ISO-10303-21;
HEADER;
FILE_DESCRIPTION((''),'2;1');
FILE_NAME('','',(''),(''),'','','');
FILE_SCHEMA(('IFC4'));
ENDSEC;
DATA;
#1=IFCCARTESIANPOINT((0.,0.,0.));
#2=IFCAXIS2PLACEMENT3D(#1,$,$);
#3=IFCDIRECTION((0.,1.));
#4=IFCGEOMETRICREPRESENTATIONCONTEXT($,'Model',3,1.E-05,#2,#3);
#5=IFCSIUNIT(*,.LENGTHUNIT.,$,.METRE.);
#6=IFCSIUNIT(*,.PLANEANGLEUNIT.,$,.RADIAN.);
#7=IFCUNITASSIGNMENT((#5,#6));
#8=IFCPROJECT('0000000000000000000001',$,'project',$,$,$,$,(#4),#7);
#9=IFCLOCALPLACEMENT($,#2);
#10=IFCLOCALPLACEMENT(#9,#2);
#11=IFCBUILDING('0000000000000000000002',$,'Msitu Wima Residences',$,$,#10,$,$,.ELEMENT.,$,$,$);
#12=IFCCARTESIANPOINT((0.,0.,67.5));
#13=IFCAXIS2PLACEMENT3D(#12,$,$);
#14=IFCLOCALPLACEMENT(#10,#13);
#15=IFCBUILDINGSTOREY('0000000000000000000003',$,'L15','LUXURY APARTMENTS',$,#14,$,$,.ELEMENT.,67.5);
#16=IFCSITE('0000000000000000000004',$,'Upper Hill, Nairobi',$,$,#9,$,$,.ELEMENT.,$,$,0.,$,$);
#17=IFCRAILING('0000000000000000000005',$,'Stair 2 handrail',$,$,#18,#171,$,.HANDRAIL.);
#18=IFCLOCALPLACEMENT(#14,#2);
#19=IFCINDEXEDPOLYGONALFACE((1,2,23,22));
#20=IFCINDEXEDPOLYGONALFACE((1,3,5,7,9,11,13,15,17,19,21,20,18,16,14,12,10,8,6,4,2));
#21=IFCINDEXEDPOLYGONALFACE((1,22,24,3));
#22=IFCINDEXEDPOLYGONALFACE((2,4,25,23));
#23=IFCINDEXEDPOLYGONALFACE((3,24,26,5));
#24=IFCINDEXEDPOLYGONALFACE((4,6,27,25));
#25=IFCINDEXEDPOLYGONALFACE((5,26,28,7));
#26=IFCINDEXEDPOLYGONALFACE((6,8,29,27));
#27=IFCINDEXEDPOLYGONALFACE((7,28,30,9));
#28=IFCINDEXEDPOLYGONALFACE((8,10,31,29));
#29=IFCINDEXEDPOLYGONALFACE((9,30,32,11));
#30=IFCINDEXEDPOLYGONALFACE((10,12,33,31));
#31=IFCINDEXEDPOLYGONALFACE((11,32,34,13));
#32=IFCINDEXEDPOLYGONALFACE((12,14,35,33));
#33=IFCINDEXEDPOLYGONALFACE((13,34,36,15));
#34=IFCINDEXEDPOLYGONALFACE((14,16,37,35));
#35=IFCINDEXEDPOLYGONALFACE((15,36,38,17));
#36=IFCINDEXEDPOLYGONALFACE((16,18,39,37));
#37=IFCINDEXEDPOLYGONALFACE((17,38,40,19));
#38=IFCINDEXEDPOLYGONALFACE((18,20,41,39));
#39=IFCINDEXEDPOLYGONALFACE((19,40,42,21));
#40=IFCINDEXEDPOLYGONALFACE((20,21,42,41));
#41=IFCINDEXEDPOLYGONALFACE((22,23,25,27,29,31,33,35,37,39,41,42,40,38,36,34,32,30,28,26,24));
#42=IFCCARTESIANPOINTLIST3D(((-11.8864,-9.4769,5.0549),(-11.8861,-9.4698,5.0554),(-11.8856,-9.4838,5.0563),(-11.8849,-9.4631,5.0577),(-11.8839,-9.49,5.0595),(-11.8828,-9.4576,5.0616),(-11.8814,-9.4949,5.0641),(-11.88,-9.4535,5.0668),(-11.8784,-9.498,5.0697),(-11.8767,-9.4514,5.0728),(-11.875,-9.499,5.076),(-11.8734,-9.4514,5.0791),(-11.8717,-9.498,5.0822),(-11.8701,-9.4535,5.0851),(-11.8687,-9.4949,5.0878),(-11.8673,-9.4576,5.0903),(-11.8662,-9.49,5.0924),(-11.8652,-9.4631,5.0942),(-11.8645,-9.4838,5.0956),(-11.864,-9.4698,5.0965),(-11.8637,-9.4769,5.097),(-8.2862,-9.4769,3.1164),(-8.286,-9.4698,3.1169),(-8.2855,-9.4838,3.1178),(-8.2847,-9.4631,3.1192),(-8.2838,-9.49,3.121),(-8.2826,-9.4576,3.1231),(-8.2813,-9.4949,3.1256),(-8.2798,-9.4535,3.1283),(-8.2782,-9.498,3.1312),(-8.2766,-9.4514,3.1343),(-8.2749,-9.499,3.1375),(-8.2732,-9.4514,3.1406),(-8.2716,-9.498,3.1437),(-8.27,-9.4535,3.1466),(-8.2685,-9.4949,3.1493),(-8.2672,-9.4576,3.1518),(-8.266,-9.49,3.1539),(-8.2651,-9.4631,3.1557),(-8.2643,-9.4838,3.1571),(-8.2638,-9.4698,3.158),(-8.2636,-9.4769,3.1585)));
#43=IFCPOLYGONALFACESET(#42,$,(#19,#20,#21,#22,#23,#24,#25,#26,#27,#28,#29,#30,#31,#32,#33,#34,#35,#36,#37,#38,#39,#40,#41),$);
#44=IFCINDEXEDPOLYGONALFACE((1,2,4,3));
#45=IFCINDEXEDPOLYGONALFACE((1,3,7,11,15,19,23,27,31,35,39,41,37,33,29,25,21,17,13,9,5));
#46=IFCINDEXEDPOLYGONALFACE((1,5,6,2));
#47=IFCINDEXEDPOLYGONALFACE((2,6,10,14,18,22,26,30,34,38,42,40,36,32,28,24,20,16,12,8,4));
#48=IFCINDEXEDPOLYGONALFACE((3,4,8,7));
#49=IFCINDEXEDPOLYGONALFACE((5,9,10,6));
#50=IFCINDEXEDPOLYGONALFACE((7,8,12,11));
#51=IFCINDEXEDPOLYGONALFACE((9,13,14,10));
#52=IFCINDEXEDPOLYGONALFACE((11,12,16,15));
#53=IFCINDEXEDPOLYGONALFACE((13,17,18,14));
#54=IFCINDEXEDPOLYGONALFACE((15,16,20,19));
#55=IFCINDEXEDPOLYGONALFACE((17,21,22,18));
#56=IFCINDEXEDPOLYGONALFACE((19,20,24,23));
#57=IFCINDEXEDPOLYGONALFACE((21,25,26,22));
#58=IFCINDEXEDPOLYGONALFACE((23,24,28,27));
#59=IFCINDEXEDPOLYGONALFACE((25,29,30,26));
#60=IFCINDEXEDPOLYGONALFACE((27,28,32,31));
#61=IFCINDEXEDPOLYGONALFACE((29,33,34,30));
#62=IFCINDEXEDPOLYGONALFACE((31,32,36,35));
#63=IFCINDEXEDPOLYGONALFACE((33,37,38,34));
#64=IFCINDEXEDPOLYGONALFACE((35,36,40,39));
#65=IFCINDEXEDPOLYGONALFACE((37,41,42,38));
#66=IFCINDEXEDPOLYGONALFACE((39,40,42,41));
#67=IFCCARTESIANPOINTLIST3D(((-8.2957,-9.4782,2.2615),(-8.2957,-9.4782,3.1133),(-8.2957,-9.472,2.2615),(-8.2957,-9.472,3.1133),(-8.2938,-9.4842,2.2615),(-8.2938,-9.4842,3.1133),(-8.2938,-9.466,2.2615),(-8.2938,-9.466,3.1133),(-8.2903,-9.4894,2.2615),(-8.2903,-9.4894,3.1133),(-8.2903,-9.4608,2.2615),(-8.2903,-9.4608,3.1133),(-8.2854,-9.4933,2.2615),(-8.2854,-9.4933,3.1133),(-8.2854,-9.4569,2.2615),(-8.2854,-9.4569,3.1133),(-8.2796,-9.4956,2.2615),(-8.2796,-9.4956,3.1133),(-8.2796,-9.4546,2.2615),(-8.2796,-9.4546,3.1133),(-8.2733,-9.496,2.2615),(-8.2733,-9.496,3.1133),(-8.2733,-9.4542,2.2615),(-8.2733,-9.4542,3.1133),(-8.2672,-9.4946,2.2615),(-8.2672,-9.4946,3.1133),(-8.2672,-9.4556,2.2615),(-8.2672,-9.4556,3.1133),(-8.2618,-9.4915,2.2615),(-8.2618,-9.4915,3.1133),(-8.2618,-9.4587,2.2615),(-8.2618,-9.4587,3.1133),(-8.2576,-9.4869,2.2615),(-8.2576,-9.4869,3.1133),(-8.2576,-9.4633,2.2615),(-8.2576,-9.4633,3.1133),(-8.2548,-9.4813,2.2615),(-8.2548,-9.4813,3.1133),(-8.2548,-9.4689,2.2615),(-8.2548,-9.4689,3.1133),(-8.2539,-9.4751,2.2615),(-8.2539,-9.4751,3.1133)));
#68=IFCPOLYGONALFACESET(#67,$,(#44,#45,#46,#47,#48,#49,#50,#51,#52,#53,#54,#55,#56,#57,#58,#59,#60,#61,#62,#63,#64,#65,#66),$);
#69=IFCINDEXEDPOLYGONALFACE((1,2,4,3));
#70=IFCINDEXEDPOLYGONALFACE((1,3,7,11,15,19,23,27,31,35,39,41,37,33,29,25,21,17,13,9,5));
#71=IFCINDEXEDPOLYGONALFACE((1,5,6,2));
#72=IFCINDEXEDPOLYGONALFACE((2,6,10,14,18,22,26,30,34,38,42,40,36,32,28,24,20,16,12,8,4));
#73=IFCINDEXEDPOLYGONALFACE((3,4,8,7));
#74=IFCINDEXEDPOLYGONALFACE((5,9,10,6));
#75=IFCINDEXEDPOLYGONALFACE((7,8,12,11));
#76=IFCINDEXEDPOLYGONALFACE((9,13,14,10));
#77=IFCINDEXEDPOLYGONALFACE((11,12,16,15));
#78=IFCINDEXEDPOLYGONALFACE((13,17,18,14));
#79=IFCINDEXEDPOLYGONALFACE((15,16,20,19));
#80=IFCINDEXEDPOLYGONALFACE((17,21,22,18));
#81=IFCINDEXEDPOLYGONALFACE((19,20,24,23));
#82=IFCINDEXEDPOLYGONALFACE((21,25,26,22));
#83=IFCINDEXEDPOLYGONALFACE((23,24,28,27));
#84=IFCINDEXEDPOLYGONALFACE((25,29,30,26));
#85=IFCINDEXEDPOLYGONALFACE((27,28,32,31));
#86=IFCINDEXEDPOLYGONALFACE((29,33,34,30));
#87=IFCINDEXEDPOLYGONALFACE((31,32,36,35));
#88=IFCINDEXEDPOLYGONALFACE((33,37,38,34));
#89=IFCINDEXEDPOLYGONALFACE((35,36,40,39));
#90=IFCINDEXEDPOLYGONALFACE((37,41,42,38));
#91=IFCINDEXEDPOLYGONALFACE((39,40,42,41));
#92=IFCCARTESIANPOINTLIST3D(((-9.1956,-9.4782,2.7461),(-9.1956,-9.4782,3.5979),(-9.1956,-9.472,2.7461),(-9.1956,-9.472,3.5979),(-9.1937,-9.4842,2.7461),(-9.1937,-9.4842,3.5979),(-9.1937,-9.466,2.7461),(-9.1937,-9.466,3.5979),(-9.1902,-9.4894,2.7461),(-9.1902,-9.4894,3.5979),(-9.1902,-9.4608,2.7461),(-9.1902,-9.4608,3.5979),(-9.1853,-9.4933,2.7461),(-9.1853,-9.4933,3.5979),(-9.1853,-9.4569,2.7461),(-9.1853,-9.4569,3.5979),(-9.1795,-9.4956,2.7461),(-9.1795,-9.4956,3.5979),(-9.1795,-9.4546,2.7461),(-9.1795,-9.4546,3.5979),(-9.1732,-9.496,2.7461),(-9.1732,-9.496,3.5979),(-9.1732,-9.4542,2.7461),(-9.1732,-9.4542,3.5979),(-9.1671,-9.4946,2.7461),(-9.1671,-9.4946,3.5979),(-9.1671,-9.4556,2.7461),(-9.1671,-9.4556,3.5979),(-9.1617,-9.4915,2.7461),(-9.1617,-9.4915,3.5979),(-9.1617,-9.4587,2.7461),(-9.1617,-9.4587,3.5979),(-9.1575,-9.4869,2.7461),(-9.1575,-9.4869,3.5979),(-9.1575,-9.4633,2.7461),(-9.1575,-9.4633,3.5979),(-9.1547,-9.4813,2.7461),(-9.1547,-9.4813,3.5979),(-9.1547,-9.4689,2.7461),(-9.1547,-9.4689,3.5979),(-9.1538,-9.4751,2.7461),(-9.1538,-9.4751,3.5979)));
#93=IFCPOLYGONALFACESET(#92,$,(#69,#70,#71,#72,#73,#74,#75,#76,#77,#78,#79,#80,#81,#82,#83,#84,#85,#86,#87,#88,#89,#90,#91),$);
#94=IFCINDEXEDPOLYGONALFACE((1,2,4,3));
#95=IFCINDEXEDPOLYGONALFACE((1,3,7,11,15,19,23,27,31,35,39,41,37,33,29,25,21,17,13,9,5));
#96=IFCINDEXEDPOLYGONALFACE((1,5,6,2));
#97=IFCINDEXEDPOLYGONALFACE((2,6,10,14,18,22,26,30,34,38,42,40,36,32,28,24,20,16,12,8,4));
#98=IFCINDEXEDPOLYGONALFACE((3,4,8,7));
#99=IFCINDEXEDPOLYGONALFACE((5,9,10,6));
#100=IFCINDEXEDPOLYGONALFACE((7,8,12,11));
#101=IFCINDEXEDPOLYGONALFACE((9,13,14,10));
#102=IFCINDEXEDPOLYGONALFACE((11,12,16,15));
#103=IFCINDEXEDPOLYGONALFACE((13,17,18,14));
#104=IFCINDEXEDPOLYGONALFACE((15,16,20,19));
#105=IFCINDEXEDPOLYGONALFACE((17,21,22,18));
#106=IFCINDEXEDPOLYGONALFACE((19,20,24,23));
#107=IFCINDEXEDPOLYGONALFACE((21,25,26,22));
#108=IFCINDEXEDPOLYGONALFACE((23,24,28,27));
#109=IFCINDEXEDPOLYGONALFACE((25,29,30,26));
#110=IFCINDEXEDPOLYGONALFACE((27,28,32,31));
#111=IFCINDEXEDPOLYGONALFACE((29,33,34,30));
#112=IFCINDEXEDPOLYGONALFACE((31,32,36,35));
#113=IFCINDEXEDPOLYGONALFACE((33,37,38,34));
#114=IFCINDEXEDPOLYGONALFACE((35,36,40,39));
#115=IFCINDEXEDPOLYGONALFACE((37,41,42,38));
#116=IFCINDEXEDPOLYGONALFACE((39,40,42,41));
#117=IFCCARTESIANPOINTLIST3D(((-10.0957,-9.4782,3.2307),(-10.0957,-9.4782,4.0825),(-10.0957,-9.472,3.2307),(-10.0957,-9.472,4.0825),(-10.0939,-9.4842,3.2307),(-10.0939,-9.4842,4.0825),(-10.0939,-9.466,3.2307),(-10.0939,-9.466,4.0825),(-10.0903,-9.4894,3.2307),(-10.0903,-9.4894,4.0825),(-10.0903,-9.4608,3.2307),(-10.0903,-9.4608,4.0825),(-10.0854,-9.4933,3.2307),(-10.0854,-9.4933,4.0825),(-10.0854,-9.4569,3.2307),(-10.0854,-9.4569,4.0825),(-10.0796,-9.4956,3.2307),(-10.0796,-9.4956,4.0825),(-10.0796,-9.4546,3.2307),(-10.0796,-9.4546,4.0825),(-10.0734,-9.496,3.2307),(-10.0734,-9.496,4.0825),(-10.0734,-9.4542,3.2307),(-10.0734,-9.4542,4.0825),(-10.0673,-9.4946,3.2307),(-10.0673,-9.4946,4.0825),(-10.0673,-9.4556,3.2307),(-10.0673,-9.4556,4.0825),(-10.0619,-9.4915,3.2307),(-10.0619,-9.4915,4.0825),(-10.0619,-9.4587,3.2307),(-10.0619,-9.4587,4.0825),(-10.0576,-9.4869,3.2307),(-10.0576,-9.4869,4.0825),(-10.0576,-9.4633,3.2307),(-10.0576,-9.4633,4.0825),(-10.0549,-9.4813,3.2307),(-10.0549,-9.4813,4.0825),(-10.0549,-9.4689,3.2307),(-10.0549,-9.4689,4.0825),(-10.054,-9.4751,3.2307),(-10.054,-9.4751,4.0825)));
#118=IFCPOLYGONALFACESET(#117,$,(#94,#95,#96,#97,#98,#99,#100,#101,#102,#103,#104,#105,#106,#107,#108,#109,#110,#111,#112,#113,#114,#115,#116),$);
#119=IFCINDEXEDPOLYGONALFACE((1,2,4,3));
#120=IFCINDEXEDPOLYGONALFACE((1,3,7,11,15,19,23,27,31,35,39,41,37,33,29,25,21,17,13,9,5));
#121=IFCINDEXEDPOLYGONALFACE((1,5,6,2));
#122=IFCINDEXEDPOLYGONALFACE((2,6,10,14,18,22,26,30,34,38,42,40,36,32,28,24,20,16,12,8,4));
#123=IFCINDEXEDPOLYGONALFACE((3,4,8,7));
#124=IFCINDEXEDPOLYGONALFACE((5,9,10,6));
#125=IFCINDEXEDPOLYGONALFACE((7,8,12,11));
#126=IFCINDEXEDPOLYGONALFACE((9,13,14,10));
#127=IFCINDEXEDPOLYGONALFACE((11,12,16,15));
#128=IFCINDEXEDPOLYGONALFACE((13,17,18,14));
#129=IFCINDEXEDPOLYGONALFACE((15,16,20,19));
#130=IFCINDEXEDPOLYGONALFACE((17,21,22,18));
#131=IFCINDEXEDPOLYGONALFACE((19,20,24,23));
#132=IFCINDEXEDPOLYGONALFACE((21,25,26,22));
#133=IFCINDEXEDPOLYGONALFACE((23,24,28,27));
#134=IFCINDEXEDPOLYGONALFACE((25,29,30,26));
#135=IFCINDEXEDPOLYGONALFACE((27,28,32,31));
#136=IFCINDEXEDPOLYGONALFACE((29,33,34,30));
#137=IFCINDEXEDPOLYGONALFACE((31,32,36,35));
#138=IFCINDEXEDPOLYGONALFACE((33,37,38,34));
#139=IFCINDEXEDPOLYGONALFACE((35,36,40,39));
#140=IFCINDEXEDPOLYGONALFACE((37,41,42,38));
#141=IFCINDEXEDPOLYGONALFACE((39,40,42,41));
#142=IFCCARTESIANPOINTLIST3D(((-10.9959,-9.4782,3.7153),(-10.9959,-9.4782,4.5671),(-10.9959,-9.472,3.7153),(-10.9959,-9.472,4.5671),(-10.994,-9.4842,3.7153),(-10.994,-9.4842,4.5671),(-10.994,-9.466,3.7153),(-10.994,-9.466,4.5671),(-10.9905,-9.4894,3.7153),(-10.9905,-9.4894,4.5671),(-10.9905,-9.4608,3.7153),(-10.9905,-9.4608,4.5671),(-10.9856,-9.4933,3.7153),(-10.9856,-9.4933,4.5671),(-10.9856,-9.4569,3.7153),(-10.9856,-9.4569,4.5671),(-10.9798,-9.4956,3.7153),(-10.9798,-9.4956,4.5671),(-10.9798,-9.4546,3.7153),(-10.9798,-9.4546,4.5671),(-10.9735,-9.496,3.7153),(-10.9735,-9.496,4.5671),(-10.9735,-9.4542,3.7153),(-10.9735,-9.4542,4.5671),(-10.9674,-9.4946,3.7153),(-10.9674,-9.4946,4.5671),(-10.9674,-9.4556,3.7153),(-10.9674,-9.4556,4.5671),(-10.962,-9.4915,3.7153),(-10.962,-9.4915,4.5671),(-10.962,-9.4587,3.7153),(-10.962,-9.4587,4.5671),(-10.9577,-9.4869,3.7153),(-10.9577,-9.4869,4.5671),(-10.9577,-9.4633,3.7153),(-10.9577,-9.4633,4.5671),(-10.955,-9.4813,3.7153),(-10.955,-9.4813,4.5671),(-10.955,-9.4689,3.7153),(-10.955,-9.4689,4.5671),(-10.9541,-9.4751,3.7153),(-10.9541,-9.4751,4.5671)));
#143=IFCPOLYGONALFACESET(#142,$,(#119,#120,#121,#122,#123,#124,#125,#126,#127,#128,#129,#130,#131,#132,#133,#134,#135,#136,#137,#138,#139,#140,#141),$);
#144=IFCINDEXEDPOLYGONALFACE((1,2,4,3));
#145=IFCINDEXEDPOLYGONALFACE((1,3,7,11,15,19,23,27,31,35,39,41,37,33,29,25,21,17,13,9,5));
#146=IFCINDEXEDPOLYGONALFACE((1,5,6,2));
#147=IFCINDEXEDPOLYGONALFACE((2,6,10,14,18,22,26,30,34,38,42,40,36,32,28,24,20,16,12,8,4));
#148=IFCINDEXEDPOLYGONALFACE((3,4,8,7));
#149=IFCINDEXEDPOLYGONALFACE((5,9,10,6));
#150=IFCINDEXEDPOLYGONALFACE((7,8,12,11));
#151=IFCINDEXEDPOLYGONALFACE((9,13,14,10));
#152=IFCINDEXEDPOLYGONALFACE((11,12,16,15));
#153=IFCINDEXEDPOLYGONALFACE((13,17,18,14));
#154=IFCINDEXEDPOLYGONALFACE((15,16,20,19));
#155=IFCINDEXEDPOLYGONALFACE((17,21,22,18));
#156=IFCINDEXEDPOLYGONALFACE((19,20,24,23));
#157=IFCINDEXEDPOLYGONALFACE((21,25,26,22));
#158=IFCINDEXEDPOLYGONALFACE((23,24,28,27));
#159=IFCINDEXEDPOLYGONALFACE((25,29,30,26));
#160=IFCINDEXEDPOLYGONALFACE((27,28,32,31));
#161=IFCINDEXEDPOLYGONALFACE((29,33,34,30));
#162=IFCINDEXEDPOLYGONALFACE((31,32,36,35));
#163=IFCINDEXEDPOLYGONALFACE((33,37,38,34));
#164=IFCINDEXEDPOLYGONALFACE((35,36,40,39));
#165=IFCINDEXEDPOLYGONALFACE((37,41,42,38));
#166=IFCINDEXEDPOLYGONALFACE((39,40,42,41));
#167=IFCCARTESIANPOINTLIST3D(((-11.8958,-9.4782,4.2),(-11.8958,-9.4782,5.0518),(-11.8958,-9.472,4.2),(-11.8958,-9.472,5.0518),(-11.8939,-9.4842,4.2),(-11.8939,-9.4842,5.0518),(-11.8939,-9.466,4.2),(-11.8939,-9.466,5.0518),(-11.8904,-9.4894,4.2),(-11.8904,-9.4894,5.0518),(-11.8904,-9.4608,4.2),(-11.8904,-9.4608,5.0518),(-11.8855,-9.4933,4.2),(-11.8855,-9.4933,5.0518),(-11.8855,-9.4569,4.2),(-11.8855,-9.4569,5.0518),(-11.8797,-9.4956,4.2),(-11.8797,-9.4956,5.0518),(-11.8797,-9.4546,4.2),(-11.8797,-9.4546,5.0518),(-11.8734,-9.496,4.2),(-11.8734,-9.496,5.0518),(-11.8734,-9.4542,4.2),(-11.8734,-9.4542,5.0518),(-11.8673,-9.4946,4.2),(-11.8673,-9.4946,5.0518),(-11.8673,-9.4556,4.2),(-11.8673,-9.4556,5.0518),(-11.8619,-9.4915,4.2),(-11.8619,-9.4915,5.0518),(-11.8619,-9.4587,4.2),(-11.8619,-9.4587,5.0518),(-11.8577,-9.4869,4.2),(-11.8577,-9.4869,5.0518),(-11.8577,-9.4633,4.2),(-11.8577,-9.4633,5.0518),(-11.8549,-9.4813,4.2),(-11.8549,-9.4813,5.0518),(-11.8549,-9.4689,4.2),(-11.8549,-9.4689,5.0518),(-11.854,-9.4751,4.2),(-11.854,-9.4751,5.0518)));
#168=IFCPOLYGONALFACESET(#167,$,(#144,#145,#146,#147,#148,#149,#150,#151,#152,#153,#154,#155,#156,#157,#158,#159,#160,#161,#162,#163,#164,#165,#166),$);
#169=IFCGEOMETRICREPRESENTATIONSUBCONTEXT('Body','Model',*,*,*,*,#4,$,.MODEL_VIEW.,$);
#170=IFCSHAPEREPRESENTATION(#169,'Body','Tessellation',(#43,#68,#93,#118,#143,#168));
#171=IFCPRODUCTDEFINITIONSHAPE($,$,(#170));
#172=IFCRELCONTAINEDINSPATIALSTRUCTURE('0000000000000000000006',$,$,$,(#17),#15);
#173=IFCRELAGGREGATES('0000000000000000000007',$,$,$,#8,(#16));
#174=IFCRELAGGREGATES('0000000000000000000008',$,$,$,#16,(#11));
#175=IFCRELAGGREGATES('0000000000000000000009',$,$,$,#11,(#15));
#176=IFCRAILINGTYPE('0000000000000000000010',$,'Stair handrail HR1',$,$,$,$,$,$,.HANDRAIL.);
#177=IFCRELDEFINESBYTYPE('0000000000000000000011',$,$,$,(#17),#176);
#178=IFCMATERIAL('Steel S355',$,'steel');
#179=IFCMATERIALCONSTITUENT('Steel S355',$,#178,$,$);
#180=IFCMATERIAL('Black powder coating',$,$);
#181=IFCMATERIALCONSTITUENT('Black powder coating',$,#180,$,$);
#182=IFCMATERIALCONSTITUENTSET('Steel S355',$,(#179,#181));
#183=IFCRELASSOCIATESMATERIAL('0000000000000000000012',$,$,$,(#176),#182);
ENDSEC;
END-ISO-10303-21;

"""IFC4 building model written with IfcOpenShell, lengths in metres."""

from ifc_helpers import new_model, si_unit, direction, frame, origin, origin_2d, place, context, subcontext, project, spatial, circle, extrude, material, constituent, constituent_set, type_object, element, save


model = new_model("IFC4")

# Units and contexts
model_context = context("Model", 3, precision=1e-05, world=origin(), true_north=direction((0.0, 1.0)))
body_context = subcontext(model_context, "Body", "Model", "MODEL_VIEW")
ifc_project = project(units=[si_unit("LENGTHUNIT", "METRE"), si_unit("PLANEANGLEUNIT", "RADIAN")], contexts=[model_context])

# Site, building, storey
site_placement = place(None, origin())
site = spatial("IfcSite", under=ifc_project, at=site_placement, Name="Upper Hill, Nairobi", CompositionType="ELEMENT", RefElevation=0.0)
building_placement = place(site_placement, origin())
building = spatial("IfcBuilding", under=site, at=building_placement, Name="Msitu Wima Residences", CompositionType="ELEMENT")
storey_placement = place(building_placement, frame((0.0, 0.0, 67.5)))
storey = spatial("IfcBuildingStorey", under=building, at=storey_placement, Name="L15", Description="LUXURY APARTMENTS", CompositionType="ELEMENT", Elevation=67.5)

# Railing
ifc_material_1 = material(Name="Steel S355", Category="steel")
ifc_constituent_1 = constituent(ifc_material_1, Name="Steel S355")
ifc_material_2 = material(Name="Black powder coating")
ifc_constituent_2 = constituent(ifc_material_2, Name="Black powder coating")
ifc_constituent_set = constituent_set(constituents=[ifc_constituent_1, ifc_constituent_2], Name="Steel S355")
railing_type = type_object("IfcRailingType", Name="Stair handrail HR1", PredefinedType="HANDRAIL", material=ifc_constituent_set)
railing_placement = place(storey_placement, frame((-8.2749, -9.4751, 2.2615)))
element("IfcRailing", 1, at=railing_placement, inside=storey, type_object=railing_type, Name="Stair 2 handrail", PredefinedType="HANDRAIL", context=body_context, shape_type="SweptSolid", body=[
    extrude(circle(Radius=0.0239, at=origin_2d()), frame((0.0, 0.0, 0.876), z_axis=(-0.880475, 0.0, 0.474093), x_axis=(0.0, -1.0, 0.0)), (0.0, 0.0, 1.0), 4.0889),
    extrude(circle(Radius=0.021, at=origin_2d()), origin(), (0.0, 0.0, 1.0), 0.8518),
    extrude(circle(Radius=0.021, at=origin_2d()), frame((-0.8999, 0.0, 0.4846)), (0.0, 0.0, 1.0), 0.8518),
    extrude(circle(Radius=0.021, at=origin_2d()), frame((-1.8, 0.0, 0.9692)), (0.0, 0.0, 1.0), 0.8518),
    extrude(circle(Radius=0.021, at=origin_2d()), frame((-2.7002, 0.0, 1.4539)), (0.0, 0.0, 1.0), 0.8518),
    extrude(circle(Radius=0.021, at=origin_2d()), frame((-3.6001, 0.0, 1.9385)), (0.0, 0.0, 1.0), 0.8518),
])

save(model, "model.ifc")
